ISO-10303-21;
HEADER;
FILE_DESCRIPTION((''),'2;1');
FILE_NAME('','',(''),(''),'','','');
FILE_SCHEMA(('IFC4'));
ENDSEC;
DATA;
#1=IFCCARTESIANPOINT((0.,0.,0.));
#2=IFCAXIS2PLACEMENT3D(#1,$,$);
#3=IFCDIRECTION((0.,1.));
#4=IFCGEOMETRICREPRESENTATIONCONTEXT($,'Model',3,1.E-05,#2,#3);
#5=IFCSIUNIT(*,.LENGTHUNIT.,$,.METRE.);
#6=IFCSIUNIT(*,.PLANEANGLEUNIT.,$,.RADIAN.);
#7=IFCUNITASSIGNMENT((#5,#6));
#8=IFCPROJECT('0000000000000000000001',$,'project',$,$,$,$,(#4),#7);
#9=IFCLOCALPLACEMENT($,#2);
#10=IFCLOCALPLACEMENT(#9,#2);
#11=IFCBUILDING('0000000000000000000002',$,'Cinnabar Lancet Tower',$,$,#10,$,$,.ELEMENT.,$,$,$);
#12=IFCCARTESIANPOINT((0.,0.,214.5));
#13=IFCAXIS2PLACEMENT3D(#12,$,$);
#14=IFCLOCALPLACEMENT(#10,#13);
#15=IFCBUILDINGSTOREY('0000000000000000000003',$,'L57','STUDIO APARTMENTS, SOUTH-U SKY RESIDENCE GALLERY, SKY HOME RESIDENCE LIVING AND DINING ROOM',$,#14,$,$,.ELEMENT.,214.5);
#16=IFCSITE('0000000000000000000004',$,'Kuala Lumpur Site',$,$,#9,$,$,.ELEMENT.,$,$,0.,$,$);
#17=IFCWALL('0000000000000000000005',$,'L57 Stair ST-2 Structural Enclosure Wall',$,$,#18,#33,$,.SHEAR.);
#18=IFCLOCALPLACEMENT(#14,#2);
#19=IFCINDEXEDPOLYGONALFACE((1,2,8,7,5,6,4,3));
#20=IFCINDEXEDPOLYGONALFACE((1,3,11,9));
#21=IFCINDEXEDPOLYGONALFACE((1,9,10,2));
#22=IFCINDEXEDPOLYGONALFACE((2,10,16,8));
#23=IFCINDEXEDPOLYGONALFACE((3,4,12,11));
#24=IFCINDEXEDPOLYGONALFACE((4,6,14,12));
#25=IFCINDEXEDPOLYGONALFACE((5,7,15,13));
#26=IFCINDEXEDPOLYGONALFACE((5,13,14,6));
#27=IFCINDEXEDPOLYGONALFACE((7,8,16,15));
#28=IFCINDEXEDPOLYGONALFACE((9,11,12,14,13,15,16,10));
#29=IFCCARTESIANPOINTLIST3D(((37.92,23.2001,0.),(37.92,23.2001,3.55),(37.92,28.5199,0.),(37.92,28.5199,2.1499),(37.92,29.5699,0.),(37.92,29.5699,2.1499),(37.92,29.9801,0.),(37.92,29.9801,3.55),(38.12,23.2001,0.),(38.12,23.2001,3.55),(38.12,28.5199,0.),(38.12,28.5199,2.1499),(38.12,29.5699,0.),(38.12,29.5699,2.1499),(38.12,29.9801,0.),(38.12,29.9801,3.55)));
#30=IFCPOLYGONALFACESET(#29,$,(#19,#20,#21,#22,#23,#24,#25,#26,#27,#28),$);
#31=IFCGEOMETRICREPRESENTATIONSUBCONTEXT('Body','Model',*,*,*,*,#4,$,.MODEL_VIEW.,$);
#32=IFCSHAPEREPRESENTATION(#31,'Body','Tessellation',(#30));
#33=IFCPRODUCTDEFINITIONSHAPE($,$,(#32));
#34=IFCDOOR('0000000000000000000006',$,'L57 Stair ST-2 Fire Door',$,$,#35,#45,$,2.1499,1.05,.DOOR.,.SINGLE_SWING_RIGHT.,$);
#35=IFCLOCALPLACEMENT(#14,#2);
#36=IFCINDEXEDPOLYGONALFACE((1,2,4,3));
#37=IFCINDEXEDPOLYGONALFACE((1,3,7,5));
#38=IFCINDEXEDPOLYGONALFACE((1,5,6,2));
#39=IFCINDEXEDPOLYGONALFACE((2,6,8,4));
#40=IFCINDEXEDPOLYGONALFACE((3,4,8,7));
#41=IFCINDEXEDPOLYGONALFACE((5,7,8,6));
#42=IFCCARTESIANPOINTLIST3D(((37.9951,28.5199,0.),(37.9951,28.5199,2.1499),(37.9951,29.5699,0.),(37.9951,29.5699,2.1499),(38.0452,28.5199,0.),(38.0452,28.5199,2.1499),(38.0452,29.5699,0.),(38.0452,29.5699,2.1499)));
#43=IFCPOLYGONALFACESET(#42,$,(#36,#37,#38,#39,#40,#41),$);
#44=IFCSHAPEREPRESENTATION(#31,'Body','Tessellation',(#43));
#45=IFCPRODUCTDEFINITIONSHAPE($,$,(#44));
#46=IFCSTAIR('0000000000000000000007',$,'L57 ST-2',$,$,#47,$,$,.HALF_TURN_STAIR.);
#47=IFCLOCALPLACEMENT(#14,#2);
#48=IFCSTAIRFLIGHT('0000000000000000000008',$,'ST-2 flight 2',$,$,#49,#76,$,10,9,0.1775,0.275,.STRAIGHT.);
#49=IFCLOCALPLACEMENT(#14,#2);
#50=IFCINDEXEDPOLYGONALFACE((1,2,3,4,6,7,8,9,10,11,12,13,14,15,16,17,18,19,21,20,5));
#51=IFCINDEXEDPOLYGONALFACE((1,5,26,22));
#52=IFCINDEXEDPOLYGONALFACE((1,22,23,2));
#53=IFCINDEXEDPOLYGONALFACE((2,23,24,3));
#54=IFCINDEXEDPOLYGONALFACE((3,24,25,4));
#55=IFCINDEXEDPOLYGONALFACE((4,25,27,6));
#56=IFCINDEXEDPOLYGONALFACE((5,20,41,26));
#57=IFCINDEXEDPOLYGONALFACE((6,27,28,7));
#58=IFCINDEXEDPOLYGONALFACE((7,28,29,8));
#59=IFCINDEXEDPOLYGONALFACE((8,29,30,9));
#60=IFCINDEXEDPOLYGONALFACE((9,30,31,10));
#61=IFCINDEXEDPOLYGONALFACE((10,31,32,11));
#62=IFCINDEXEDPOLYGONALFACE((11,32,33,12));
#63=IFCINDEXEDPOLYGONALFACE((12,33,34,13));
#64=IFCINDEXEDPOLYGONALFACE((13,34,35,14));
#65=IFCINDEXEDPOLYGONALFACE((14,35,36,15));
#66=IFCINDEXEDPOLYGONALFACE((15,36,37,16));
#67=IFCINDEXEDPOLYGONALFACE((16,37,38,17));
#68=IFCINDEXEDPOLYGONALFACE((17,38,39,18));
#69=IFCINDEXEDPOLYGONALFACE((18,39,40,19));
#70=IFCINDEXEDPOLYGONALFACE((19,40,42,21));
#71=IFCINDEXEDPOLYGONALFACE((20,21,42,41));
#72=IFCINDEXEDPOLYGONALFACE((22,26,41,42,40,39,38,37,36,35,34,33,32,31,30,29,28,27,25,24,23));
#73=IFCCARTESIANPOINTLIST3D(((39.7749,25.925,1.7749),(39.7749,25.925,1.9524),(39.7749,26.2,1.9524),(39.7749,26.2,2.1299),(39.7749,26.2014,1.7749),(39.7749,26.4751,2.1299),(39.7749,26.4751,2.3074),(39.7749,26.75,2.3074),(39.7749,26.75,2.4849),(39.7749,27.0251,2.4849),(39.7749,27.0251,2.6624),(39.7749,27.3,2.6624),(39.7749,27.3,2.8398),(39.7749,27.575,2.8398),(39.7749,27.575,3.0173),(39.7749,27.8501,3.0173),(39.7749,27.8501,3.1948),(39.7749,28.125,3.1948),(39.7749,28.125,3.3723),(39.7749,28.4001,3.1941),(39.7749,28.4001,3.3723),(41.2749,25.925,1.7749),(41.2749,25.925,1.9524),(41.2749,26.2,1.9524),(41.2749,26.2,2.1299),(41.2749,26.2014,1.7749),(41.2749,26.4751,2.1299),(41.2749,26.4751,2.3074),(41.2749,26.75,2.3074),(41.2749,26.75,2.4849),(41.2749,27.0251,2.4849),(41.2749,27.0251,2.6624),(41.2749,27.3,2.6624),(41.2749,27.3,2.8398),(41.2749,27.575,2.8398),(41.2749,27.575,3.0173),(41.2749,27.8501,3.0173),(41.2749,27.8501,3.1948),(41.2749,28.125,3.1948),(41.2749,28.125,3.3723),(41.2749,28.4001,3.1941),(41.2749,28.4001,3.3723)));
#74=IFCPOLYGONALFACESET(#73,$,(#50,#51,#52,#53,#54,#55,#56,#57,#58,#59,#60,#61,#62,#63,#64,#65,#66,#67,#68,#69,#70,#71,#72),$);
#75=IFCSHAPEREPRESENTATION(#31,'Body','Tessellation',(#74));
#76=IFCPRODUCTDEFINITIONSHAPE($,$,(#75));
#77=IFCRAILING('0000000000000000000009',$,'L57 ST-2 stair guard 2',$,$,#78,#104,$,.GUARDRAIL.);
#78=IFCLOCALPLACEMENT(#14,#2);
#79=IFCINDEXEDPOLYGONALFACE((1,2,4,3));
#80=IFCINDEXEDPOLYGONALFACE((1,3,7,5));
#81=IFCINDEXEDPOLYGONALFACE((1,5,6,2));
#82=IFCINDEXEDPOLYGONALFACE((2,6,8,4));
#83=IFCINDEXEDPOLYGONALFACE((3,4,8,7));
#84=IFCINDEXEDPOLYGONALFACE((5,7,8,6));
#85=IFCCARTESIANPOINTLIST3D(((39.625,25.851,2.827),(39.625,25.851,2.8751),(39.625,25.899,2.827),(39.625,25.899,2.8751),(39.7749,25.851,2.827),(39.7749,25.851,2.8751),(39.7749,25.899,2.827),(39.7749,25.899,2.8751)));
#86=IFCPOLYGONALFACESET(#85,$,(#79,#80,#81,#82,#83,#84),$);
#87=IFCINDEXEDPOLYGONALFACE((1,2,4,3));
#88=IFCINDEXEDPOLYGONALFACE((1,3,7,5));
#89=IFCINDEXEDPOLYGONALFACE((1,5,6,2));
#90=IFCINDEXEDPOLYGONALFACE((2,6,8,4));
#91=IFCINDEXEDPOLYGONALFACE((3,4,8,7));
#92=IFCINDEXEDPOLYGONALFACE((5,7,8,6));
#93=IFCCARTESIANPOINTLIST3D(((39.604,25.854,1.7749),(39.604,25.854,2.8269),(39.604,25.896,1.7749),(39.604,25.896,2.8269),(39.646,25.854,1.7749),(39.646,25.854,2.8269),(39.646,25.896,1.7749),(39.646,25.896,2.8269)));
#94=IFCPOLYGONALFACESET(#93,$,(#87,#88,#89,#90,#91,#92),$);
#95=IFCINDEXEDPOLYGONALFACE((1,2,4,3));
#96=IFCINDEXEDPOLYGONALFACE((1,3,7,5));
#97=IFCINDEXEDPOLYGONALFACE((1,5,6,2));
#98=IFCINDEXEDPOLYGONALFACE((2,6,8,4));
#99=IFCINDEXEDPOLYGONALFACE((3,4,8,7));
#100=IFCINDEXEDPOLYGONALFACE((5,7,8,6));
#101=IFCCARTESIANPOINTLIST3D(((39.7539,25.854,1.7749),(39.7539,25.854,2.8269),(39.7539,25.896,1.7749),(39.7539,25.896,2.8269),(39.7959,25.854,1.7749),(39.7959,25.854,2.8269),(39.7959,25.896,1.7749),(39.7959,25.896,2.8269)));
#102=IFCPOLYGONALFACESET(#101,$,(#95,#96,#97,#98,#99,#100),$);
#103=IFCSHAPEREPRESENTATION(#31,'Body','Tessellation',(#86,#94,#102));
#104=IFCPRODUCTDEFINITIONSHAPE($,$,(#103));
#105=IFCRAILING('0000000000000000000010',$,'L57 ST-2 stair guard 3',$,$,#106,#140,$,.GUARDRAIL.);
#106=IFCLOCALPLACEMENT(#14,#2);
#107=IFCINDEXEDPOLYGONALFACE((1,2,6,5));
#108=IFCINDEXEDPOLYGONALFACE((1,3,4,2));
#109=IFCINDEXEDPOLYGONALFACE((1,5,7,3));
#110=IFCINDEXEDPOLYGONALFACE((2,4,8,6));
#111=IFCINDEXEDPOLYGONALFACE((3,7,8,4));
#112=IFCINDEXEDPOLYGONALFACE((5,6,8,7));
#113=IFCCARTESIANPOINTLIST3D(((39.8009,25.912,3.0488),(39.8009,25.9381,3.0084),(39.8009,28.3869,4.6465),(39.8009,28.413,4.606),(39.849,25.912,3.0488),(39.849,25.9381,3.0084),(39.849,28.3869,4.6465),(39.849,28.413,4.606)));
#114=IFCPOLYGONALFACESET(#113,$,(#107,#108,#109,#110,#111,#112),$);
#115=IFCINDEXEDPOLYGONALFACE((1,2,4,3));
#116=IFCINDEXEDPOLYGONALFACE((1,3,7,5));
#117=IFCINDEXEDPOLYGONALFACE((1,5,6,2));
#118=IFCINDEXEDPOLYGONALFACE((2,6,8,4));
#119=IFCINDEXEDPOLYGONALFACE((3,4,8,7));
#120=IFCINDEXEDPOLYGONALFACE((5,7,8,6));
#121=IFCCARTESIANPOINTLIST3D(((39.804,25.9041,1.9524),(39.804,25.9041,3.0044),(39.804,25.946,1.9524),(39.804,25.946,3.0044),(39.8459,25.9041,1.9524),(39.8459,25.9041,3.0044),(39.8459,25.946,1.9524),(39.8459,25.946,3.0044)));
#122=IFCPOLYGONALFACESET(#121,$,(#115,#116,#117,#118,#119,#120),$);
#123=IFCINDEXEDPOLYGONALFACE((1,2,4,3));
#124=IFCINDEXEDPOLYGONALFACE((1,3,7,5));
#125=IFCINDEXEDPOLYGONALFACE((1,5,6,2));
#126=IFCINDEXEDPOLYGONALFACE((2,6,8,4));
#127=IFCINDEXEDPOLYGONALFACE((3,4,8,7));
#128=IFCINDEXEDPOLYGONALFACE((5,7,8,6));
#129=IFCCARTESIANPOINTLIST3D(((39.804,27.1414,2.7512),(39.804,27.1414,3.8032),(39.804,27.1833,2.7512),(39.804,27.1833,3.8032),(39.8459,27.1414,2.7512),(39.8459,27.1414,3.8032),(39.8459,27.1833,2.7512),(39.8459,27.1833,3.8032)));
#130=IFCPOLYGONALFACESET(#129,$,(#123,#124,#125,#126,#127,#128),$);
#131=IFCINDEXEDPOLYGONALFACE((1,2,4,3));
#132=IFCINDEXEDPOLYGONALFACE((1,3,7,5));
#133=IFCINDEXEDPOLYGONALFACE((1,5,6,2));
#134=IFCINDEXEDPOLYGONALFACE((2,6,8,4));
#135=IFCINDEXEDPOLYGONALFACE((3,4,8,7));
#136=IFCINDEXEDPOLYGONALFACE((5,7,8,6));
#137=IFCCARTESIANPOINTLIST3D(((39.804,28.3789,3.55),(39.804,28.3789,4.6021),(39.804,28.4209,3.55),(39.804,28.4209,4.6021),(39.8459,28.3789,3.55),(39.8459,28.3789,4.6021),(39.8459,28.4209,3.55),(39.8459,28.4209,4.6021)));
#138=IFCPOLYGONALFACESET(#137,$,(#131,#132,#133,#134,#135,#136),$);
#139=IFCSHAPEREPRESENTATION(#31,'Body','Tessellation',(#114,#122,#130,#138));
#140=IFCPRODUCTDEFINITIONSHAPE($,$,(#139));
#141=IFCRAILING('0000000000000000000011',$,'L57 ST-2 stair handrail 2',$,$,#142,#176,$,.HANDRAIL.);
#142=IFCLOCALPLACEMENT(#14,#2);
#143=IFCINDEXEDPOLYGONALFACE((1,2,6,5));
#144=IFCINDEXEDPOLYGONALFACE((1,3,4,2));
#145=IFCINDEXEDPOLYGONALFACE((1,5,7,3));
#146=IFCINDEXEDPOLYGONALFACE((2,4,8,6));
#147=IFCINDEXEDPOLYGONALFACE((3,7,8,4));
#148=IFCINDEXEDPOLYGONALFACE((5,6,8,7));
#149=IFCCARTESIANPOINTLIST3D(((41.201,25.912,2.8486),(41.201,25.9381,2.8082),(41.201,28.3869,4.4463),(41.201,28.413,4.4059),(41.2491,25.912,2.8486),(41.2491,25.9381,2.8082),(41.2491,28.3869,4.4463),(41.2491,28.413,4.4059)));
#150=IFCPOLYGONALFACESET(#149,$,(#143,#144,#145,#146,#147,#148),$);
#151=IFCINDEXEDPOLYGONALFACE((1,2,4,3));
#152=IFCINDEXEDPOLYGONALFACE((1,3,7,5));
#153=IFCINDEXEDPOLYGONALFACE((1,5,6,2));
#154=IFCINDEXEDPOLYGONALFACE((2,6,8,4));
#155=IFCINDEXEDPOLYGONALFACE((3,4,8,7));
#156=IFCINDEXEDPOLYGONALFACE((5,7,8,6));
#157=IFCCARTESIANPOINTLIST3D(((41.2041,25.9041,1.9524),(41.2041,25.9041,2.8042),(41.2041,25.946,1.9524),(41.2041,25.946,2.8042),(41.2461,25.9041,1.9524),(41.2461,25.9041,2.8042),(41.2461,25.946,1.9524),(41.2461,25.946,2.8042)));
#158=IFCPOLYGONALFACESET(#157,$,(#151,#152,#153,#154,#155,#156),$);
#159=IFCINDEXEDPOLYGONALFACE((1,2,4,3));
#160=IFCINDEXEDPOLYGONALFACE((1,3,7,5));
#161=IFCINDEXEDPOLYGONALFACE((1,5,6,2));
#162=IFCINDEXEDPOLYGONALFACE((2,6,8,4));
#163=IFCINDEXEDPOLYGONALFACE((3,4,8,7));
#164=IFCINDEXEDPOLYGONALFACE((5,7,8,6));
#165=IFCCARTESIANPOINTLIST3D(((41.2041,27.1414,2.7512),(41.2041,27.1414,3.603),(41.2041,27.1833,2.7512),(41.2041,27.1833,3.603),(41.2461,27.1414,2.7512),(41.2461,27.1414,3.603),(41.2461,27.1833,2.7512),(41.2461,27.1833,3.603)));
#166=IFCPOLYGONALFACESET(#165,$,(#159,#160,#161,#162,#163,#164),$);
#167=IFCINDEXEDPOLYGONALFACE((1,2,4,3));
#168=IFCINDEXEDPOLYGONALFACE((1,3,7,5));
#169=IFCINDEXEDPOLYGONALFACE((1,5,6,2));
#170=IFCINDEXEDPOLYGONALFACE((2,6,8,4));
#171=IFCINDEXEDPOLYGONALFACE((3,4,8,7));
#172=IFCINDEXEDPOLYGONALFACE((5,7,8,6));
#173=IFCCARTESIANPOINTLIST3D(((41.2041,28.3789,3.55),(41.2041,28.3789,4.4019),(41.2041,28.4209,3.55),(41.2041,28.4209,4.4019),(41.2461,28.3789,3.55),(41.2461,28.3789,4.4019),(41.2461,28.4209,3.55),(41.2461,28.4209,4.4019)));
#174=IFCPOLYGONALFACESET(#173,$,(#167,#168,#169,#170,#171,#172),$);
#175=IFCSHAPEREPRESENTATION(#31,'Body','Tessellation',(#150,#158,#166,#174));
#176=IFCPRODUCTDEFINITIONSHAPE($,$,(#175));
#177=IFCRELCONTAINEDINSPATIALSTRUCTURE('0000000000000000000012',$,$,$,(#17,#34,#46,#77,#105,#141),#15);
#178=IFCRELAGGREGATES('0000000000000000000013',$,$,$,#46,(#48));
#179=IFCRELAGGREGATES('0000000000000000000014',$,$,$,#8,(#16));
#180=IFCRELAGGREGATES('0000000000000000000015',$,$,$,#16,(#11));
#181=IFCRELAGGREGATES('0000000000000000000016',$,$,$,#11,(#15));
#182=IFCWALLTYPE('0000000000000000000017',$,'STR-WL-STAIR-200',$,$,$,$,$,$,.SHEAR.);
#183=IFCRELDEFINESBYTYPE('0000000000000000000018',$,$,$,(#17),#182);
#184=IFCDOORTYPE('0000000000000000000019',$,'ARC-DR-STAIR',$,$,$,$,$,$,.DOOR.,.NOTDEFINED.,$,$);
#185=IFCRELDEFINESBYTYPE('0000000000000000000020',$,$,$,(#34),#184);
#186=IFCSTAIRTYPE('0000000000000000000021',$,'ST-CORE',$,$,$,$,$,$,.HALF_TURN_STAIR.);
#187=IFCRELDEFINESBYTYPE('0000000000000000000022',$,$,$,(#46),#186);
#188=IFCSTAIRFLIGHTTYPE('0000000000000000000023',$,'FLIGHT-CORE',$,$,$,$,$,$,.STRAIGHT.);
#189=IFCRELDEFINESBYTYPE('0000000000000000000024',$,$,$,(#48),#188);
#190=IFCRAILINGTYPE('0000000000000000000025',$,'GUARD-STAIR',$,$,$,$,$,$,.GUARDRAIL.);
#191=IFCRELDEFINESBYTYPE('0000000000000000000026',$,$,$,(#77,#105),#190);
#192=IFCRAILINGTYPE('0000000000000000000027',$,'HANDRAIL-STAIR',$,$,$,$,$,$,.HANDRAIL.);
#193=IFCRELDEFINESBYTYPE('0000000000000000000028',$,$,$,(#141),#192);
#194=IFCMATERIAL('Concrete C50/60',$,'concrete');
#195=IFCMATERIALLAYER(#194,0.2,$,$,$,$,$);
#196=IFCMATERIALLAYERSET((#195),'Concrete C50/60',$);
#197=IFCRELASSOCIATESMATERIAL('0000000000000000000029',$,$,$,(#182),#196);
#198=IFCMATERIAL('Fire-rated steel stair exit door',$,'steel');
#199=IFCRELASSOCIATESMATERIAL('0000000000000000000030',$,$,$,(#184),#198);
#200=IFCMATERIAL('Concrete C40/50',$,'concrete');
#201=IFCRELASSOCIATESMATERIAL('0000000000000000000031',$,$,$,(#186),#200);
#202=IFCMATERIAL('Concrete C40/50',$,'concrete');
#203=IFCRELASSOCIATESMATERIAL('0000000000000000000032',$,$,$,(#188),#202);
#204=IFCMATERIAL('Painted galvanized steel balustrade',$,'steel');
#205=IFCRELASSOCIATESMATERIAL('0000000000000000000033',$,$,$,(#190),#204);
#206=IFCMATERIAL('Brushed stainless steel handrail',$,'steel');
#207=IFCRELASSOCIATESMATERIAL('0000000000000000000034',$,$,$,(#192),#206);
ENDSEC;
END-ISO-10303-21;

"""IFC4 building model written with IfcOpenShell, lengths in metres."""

from ifc_helpers import new_model, si_unit, direction, frame, frame_2d, origin, origin_2d, place, context, subcontext, project, spatial, polyline, rectangle, outline, extrude, material, layer, layer_set, type_object, element, fill, aggregate, save


model = new_model("IFC4")

# Units and contexts
model_context = context("Model", 3, precision=1e-05, world=origin(), true_north=direction((0.0, 1.0)))
body_context = subcontext(model_context, "Body", "Model", "MODEL_VIEW")
ifc_project = project(units=[si_unit("LENGTHUNIT", "METRE"), si_unit("PLANEANGLEUNIT", "RADIAN")], contexts=[model_context])

# Site, building, storey
site_placement = place(None, origin())
site = spatial("IfcSite", under=ifc_project, at=site_placement, Name="Kuala Lumpur Site", CompositionType="ELEMENT", RefElevation=0.0)
building_placement = place(site_placement, origin())
building = spatial("IfcBuilding", under=site, at=building_placement, Name="Cinnabar Lancet Tower", CompositionType="ELEMENT")
storey_placement = place(building_placement, frame((0.0, 0.0, 214.5)))
storey = spatial("IfcBuildingStorey", under=building, at=storey_placement, Name="L57", Description="STUDIO APARTMENTS, SOUTH-U SKY RESIDENCE GALLERY, SKY HOME RESIDENCE LIVING AND DINING ROOM", CompositionType="ELEMENT", Elevation=214.5)

# Wall, opening, door
ifc_material_1 = material(Name="Concrete C50/60", Category="concrete")
ifc_layer_1 = layer(ifc_material_1, 0.2)
ifc_layer_set_1 = layer_set([ifc_layer_1], Name="Concrete C50/60")
wall_type_1 = type_object("IfcWallType", Name="STR-WL-STAIR-200", PredefinedType="SHEAR", material=ifc_layer_set_1)
wall_1_placement = place(storey_placement, frame((38.02, 23.2, 0.0), z_axis=(0.0, 0.0, 1.0), x_axis=(0.0, 1.0, 0.0)))
wall_1 = element("IfcWall", 1, at=wall_1_placement, inside=storey, type_object=wall_type_1, Name="L57 Stair ST-2 Structural Enclosure Wall", PredefinedType="SHEAR", context=body_context, shape_type="SweptSolid", body=[
    extrude(rectangle(XDim=6.78, YDim=0.2, at=frame_2d((3.3901, 0.0))), origin(), (0.0, 0.0, 1.0), 3.55),
])
opening_1_placement = place(wall_1_placement, frame((5.3201, 0.0, 0.0)))
opening_1 = element("IfcOpeningElement", 2, at=opening_1_placement, cuts=wall_1, PredefinedType="OPENING", context=body_context, shape_type="SweptSolid", body=[
    extrude(rectangle(XDim=1.05, YDim=2.1499, at=frame_2d((0.5249, 1.075))), frame((0.0, 0.1099, 0.0), z_axis=(0.0, -1.0, 0.0), x_axis=(1.0, 0.0, 0.0)), (0.0, 0.0, 1.0), 0.22),
])
ifc_material_2 = material(Name="Fire-rated steel stair exit door", Category="steel")
door_type_1 = type_object("IfcDoorType", Name="ARC-DR-STAIR", OperationType="NOTDEFINED", PredefinedType="DOOR", material=ifc_material_2)
door_1_placement = place(opening_1_placement, origin())
door_1 = element("IfcDoor", 3, at=door_1_placement, inside=storey, type_object=door_type_1, Name="L57 Stair ST-2 Fire Door", OperationType="SINGLE_SWING_RIGHT", OverallHeight=2.1499, OverallWidth=1.05, PredefinedType="DOOR", context=body_context, shape_type="SweptSolid", body=[
    extrude(rectangle(XDim=1.05, YDim=2.1499, at=frame_2d((0.5249, 1.075))), frame((0.0, 0.0249, 0.0), z_axis=(0.0, -1.0, 0.0), x_axis=(1.0, 0.0, 0.0)), (0.0, 0.0, 1.0), 0.05),
])
fill(opening_1, door_1)

# Stair, stair flight
ifc_material_3 = material(Name="Concrete C40/50", Category="concrete")
stair_type = type_object("IfcStairType", Name="ST-CORE", PredefinedType="HALF_TURN_STAIR", material=ifc_material_3)
stair_placement = place(storey_placement, origin())
stair = element("IfcStair", 4, at=stair_placement, inside=storey, type_object=stair_type, Name="L57 ST-2", PredefinedType="HALF_TURN_STAIR")
ifc_material_4 = material(Name="Concrete C40/50", Category="concrete")
stair_flight_type = type_object("IfcStairFlightType", Name="FLIGHT-CORE", PredefinedType="STRAIGHT", material=ifc_material_4)
stair_flight_placement = place(storey_placement, frame((40.5249, 25.925, 1.7749), z_axis=(0.0, 0.0, 1.0), x_axis=(0.0, 1.0, 0.0)))
stair_flight = element("IfcStairFlight", 5, at=stair_flight_placement, type_object=stair_flight_type, Name="ST-2 flight 2", NumberOfRisers=10, NumberOfTreads=9, PredefinedType="STRAIGHT", RiserHeight=0.1775, TreadLength=0.275, context=body_context, shape_type="SweptSolid", body=[
    extrude(outline(polyline([(0.0, 0.0), (0.0, 0.1775), (0.2749, 0.1775), (0.2749, 0.355), (0.55, 0.355), (0.55, 0.5325), (0.825, 0.5325), (0.825, 0.71), (1.1001, 0.71), (1.1001, 0.8875), (1.375, 0.8875), (1.375, 1.0649), (1.6499, 1.0649), (1.6499, 1.2424), (1.925, 1.2424), (1.925, 1.4199), (2.2, 1.4199), (2.2, 1.5974), (2.4751, 1.5974), (2.4751, 1.7749), (2.4751, 1.4192), (0.2764, 0.0), (0.0, 0.0)])), frame((0.0, 0.75, 0.0), z_axis=(0.0, -1.0, 0.0), x_axis=(1.0, 0.0, 0.0)), (0.0, 0.0, 1.0), 1.5),
])
aggregate(stair, [stair_flight])

# Railings
ifc_material_5 = material(Name="Painted galvanized steel balustrade", Category="steel")
railing_type_1 = type_object("IfcRailingType", Name="GUARD-STAIR", PredefinedType="GUARDRAIL", material=ifc_material_5)
railing_1_placement = place(storey_placement, frame((39.625, 25.875, 1.7749)))
element("IfcRailing", 6, at=railing_1_placement, inside=storey, type_object=railing_type_1, Name="L57 ST-2 stair guard 2", PredefinedType="GUARDRAIL", context=body_context, shape_type="SweptSolid", body=[
    extrude(rectangle(XDim=0.0481, YDim=0.0481, at=origin_2d()), frame((0.0, 0.0, 1.0762), z_axis=(1.0, 0.0, 0.0), x_axis=(0.0, 1.0, 0.0)), (0.0, 0.0, 1.0), 0.1499),
    extrude(rectangle(XDim=0.042, YDim=0.042, at=origin_2d()), origin(), (0.0, 0.0, 1.0), 1.052),
    extrude(rectangle(XDim=0.042, YDim=0.042, at=origin_2d()), frame((0.1499, 0.0, 0.0)), (0.0, 0.0, 1.0), 1.052),
])
railing_2_placement = place(storey_placement, frame((39.825, 25.925, 1.9524)))
element("IfcRailing", 7, at=railing_2_placement, inside=storey, type_object=railing_type_1, Name="L57 ST-2 stair guard 3", PredefinedType="GUARDRAIL", context=body_context, shape_type="SweptSolid", body=[
    extrude(rectangle(XDim=0.0481, YDim=0.0481, at=origin_2d()), frame((0.0, 0.0, 1.0762), z_axis=(0.0, 0.840146, 0.542361), x_axis=(-1.0, 0.0, 0.0)), (0.0, 0.0, 1.0), 2.9458),
    extrude(rectangle(XDim=0.042, YDim=0.042, at=origin_2d()), origin(), (0.0, 0.0, 1.0), 1.052),
    extrude(rectangle(XDim=0.042, YDim=0.042, at=origin_2d()), frame((0.0, 1.2373, 0.7988)), (0.0, 0.0, 1.0), 1.052),
    extrude(rectangle(XDim=0.042, YDim=0.042, at=origin_2d()), frame((0.0, 2.4749, 1.5977)), (0.0, 0.0, 1.0), 1.052),
])
ifc_material_6 = material(Name="Brushed stainless steel handrail", Category="steel")
railing_type_2 = type_object("IfcRailingType", Name="HANDRAIL-STAIR", PredefinedType="HANDRAIL", material=ifc_material_6)
railing_3_placement = place(storey_placement, frame((41.2251, 25.925, 1.9524)))
element("IfcRailing", 8, at=railing_3_placement, inside=storey, type_object=railing_type_2, Name="L57 ST-2 stair handrail 2", PredefinedType="HANDRAIL", context=body_context, shape_type="SweptSolid", body=[
    extrude(rectangle(XDim=0.0481, YDim=0.0481, at=origin_2d()), frame((0.0, 0.0, 0.876), z_axis=(0.0, 0.840146, 0.542361), x_axis=(-1.0, 0.0, 0.0)), (0.0, 0.0, 1.0), 2.9458),
    extrude(rectangle(XDim=0.042, YDim=0.042, at=origin_2d()), origin(), (0.0, 0.0, 1.0), 0.8518),
    extrude(rectangle(XDim=0.042, YDim=0.042, at=origin_2d()), frame((0.0, 1.2373, 0.7988)), (0.0, 0.0, 1.0), 0.8518),
    extrude(rectangle(XDim=0.042, YDim=0.042, at=origin_2d()), frame((0.0, 2.4749, 1.5977)), (0.0, 0.0, 1.0), 0.8518),
])

save(model, "model.ifc")
